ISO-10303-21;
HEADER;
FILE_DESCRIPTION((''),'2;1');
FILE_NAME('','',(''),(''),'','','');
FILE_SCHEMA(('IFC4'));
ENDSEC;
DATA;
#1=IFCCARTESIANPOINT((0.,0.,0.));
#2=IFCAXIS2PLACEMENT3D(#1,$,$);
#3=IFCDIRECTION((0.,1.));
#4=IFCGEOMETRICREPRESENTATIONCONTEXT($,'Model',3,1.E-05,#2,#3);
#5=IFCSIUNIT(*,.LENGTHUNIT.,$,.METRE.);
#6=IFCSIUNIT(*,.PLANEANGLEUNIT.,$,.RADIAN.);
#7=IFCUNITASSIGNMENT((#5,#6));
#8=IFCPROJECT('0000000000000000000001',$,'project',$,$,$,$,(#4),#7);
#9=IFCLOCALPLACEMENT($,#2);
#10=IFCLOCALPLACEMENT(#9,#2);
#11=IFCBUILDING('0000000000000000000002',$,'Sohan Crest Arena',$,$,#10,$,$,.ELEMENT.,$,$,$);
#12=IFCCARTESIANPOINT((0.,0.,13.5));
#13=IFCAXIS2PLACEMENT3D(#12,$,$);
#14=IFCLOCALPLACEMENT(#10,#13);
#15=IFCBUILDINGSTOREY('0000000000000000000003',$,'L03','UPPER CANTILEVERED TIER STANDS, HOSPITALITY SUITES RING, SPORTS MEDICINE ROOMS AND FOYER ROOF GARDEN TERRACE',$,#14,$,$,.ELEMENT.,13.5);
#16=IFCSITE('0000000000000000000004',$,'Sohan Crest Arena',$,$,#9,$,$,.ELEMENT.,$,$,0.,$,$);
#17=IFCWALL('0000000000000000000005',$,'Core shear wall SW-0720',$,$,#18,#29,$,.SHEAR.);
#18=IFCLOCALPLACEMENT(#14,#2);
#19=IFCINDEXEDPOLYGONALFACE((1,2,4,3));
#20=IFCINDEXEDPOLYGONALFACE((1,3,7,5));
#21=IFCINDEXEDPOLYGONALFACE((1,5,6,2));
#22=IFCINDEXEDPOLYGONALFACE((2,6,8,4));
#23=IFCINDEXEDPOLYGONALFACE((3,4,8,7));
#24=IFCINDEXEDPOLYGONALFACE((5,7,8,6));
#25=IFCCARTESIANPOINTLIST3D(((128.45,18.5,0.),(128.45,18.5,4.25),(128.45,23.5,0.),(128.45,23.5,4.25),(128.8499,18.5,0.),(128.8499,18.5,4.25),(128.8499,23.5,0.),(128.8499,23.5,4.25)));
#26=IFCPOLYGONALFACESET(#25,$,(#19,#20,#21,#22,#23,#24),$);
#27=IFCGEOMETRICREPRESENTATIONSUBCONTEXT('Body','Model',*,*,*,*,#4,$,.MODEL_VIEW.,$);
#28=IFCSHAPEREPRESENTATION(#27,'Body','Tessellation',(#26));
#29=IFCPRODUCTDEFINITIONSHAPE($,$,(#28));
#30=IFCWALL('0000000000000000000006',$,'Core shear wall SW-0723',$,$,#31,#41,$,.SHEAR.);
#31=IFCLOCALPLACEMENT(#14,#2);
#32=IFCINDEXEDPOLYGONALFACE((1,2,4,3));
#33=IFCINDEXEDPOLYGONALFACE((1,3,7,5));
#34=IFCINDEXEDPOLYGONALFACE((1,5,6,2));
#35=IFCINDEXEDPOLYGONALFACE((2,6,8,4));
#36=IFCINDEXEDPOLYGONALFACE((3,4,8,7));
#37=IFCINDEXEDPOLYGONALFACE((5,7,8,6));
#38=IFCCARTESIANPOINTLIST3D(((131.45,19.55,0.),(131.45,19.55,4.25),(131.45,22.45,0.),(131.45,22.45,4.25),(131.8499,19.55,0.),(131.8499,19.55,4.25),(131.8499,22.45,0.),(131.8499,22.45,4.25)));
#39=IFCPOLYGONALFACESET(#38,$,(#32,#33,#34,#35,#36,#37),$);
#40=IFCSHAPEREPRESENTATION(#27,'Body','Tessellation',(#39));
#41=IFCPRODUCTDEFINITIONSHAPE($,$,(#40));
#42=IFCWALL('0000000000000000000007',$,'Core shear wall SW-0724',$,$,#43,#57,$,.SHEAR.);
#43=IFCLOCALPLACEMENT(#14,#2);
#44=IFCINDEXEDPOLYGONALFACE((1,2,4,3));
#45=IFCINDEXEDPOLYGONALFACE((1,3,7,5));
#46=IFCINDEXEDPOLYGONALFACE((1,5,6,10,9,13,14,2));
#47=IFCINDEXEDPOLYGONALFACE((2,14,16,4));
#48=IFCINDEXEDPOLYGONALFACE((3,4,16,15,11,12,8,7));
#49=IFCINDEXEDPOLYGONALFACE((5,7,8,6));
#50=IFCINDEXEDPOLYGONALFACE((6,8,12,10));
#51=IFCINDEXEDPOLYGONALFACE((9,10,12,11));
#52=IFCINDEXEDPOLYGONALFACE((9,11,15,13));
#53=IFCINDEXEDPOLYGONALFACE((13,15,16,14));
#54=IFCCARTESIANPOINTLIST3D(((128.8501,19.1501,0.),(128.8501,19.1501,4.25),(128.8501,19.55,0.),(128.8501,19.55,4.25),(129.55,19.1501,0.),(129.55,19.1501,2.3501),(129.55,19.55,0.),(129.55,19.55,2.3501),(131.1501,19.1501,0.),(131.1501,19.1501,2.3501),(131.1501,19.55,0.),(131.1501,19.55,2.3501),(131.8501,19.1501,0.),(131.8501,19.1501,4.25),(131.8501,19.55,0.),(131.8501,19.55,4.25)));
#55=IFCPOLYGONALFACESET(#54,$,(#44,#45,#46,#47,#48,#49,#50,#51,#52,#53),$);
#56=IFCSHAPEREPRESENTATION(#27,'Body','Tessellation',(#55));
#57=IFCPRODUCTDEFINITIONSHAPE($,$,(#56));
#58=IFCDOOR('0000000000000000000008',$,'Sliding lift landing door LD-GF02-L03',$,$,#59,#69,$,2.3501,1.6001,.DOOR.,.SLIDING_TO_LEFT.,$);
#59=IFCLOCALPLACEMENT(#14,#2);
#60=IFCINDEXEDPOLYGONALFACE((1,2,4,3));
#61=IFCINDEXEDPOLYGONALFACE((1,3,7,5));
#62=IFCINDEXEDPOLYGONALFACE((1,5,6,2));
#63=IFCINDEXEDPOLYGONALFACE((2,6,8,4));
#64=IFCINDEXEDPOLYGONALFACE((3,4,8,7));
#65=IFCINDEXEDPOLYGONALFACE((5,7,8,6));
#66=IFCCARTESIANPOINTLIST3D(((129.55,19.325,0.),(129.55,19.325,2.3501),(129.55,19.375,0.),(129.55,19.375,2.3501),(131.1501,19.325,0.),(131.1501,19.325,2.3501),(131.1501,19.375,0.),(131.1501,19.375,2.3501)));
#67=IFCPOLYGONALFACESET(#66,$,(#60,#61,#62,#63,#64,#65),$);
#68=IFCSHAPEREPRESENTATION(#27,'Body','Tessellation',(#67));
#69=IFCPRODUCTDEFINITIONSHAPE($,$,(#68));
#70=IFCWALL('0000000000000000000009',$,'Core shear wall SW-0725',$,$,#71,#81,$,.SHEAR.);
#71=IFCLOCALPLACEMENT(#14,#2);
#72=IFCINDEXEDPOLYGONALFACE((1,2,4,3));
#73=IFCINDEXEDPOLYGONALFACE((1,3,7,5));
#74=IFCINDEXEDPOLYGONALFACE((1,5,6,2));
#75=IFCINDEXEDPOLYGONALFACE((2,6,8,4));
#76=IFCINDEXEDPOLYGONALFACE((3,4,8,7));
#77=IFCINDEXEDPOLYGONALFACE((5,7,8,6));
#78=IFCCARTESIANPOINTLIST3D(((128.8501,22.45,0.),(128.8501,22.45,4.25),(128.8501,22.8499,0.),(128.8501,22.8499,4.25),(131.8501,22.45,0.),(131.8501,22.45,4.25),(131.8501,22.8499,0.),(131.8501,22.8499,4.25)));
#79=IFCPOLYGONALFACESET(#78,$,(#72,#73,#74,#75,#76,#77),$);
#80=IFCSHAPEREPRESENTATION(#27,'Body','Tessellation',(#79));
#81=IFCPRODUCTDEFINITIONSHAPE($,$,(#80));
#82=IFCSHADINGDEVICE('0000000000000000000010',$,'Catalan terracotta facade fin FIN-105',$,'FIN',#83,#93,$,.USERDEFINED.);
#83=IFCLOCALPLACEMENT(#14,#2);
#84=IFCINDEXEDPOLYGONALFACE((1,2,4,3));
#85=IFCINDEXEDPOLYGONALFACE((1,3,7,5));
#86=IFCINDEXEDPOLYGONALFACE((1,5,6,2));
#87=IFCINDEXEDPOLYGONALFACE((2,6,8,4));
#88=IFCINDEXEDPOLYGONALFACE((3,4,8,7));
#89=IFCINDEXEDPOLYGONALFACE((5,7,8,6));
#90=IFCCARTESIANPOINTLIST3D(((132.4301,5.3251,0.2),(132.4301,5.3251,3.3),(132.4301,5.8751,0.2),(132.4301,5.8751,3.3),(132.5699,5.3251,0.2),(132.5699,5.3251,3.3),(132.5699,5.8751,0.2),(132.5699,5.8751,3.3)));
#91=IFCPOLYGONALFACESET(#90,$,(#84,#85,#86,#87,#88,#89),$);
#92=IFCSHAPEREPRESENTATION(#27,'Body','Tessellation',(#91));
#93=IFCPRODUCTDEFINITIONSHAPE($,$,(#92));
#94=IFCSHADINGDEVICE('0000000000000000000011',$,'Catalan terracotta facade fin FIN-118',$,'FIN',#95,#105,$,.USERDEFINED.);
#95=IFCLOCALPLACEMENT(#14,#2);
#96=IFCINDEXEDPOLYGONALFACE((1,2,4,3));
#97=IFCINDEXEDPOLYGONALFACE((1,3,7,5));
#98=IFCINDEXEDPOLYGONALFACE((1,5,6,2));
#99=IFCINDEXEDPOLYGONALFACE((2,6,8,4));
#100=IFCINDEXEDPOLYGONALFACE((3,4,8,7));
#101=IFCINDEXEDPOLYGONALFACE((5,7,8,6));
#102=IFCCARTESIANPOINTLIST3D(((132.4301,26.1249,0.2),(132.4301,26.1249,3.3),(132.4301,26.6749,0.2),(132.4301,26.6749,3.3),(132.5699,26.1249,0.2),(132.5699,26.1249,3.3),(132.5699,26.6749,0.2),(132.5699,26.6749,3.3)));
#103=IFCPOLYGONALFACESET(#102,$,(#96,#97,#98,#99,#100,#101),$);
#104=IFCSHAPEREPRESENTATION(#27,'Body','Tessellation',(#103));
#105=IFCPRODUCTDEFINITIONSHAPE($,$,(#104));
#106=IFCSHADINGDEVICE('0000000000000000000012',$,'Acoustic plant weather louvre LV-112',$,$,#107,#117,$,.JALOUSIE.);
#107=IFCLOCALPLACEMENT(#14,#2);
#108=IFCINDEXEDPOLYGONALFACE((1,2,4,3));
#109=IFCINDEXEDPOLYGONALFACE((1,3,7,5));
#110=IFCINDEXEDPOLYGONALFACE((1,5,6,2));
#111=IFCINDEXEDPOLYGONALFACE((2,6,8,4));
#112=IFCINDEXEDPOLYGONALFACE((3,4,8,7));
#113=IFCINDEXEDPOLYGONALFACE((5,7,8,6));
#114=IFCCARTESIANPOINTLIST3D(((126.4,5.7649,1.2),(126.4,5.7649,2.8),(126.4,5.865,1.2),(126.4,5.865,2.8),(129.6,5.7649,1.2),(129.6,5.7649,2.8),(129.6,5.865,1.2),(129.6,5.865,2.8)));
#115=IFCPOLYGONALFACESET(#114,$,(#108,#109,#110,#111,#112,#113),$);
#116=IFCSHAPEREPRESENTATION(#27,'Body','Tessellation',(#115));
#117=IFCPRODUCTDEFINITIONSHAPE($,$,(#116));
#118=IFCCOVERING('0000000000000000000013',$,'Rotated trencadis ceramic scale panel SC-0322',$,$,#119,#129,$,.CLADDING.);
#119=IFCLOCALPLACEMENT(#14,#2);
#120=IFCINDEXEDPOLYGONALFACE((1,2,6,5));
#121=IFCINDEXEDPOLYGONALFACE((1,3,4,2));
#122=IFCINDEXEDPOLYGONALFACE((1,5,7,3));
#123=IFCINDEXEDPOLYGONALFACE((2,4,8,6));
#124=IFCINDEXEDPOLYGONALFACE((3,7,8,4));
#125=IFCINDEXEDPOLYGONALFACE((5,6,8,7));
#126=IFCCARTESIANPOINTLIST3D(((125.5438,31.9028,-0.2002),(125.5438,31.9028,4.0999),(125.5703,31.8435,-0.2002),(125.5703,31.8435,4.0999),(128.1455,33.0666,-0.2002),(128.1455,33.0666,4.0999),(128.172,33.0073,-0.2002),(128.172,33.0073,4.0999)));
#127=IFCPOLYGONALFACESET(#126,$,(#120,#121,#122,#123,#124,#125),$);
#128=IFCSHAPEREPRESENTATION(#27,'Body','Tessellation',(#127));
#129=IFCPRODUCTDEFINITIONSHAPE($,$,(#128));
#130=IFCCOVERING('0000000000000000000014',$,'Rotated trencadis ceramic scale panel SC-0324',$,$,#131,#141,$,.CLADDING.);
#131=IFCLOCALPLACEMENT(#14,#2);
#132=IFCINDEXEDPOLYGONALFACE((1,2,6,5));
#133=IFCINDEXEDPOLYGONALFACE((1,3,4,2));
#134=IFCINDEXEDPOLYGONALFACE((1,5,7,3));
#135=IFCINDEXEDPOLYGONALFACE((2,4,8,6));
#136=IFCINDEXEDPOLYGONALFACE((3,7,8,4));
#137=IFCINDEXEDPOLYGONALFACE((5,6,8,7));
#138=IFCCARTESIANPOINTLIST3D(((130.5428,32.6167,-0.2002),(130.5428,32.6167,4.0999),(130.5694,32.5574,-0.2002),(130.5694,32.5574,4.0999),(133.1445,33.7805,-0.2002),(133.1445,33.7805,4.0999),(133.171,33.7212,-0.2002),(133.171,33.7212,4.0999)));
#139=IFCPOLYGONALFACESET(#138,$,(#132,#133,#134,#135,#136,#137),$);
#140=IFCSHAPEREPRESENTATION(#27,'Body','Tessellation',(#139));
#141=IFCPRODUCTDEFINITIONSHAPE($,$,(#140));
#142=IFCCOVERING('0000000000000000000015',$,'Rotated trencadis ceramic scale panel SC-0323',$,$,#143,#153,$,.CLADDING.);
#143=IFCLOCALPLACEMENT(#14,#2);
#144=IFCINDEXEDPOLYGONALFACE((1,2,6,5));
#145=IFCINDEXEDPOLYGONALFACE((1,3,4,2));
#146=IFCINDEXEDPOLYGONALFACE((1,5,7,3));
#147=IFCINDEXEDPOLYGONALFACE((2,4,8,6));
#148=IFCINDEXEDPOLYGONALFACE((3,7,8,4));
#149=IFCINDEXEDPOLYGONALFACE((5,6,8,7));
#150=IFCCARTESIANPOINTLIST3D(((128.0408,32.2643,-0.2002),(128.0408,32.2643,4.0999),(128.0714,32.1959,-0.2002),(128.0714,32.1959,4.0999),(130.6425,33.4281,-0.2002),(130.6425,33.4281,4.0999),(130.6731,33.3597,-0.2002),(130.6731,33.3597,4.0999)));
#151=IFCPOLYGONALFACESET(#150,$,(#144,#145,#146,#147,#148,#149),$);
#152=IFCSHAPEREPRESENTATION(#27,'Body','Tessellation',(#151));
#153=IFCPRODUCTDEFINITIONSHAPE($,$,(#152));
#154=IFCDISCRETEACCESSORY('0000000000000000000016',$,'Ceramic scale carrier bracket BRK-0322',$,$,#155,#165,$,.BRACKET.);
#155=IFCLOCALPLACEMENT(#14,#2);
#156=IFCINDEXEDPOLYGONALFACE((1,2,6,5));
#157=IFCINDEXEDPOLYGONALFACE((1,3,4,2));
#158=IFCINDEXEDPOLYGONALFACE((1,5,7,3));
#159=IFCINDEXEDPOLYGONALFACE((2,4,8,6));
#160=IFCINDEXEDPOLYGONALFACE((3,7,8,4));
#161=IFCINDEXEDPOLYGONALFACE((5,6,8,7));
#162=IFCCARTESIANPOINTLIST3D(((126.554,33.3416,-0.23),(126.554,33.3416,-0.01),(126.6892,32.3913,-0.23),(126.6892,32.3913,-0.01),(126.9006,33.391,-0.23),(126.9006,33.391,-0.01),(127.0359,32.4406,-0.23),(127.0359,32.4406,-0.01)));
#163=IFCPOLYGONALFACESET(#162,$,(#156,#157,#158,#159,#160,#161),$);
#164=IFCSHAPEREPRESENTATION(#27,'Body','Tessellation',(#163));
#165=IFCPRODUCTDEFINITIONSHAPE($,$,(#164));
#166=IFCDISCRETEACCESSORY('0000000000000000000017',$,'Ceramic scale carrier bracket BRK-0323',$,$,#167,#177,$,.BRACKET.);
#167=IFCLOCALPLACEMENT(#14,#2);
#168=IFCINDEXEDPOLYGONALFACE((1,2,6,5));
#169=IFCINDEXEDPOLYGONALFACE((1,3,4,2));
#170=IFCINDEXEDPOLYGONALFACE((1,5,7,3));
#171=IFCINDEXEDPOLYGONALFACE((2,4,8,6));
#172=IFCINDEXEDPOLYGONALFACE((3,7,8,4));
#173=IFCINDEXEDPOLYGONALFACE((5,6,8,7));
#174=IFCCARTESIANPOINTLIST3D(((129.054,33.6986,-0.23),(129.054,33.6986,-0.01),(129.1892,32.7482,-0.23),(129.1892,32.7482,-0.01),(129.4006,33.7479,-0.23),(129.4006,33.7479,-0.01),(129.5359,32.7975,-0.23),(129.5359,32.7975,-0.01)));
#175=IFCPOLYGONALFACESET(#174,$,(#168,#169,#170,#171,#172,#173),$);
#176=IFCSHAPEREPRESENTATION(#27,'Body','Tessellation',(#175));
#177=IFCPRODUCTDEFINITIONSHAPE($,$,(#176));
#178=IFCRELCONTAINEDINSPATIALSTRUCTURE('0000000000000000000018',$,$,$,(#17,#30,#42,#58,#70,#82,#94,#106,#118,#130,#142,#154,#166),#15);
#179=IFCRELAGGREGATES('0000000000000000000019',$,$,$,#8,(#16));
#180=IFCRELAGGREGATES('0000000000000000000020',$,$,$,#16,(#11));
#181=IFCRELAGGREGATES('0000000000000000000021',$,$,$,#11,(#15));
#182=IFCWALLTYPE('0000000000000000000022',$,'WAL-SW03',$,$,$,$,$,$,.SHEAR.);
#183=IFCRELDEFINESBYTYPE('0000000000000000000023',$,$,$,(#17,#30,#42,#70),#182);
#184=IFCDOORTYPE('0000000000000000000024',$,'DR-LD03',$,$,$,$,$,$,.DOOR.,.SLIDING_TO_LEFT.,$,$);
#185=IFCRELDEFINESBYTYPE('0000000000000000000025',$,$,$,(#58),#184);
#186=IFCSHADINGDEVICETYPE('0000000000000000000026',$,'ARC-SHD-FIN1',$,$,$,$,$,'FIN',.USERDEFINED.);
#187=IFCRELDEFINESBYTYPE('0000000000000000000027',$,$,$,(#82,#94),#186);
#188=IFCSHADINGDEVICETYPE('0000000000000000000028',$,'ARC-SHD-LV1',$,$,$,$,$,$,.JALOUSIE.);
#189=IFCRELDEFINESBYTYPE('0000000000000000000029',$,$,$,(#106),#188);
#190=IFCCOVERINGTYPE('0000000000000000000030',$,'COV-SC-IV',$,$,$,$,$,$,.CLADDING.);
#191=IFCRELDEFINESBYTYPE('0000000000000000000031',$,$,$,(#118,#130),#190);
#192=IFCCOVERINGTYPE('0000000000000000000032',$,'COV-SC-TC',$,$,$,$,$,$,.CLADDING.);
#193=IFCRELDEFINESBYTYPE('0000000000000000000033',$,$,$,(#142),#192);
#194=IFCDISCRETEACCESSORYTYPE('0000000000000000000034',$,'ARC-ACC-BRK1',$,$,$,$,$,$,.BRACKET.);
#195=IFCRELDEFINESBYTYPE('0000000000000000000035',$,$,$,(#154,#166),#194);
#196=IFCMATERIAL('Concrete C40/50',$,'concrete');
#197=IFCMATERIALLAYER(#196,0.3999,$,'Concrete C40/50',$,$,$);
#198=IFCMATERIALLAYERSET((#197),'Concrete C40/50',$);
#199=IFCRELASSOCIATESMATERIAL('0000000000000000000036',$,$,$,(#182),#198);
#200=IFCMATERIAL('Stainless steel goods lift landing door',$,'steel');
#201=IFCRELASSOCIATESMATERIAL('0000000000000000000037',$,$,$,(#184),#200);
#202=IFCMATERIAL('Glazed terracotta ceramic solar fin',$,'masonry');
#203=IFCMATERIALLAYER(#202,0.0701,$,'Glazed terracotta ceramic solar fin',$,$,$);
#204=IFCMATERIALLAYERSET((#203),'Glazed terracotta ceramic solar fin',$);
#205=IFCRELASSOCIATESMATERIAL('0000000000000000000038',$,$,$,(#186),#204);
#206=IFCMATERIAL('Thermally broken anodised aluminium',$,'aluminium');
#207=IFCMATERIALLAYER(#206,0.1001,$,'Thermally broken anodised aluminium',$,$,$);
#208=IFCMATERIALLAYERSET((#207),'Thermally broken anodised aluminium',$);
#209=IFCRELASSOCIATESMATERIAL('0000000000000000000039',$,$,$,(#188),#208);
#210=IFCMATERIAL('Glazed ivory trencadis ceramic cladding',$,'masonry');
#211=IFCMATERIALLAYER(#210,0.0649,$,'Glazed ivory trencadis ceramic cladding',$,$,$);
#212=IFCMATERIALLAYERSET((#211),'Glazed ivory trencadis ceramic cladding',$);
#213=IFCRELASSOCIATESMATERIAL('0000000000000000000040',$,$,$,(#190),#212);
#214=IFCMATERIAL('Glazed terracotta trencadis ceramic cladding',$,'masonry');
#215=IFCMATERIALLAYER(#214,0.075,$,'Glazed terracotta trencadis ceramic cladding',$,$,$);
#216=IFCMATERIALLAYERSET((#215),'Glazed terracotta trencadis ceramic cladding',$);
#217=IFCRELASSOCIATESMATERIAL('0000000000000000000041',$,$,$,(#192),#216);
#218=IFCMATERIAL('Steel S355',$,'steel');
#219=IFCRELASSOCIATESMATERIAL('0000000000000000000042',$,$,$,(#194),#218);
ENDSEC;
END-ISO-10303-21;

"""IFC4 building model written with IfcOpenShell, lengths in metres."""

from ifc_helpers import new_model, si_unit, direction, frame, frame_2d, origin, origin_2d, place, context, subcontext, project, spatial, rectangle, extrude, material, layer, layer_set, type_object, element, fill, save


model = new_model("IFC4")

# Units and contexts
model_context = context("Model", 3, precision=1e-05, world=origin(), true_north=direction((0.0, 1.0)))
body_context = subcontext(model_context, "Body", "Model", "MODEL_VIEW")
ifc_project = project(units=[si_unit("LENGTHUNIT", "METRE"), si_unit("PLANEANGLEUNIT", "RADIAN")], contexts=[model_context])

# Site, building, storey
site_placement = place(None, origin())
site = spatial("IfcSite", under=ifc_project, at=site_placement, Name="Sohan Crest Arena", CompositionType="ELEMENT", RefElevation=0.0)
building_placement = place(site_placement, origin())
building = spatial("IfcBuilding", under=site, at=building_placement, Name="Sohan Crest Arena", CompositionType="ELEMENT")
storey_placement = place(building_placement, frame((0.0, 0.0, 13.5)))
storey = spatial("IfcBuildingStorey", under=building, at=storey_placement, Name="L03", Description="UPPER CANTILEVERED TIER STANDS, HOSPITALITY SUITES RING, SPORTS MEDICINE ROOMS AND FOYER ROOF GARDEN TERRACE", CompositionType="ELEMENT", Elevation=13.5)

# Shared definitions
ifc_material_1 = material(Name="Steel S355", Category="steel")

# Shared definitions
ifc_material_2 = material(Name="Thermally broken anodised aluminium", Category="aluminium")

# Walls
ifc_material_3 = material(Name="Concrete C40/50", Category="concrete")
ifc_layer_1 = layer(ifc_material_3, 0.3999, Name="Concrete C40/50")
ifc_layer_set_1 = layer_set([ifc_layer_1], Name="Concrete C40/50")
wall_type = type_object("IfcWallType", Name="WAL-SW03", PredefinedType="SHEAR", material=ifc_layer_set_1)
wall_1_placement = place(storey_placement, frame((128.6499, 18.5, 0.0), z_axis=(0.0, 0.0, 1.0), x_axis=(0.0, 1.0, 0.0)))
element("IfcWall", 1, at=wall_1_placement, inside=storey, type_object=wall_type, Name="Core shear wall SW-0720", PredefinedType="SHEAR", context=body_context, shape_type="SweptSolid", body=[
    extrude(rectangle(XDim=5.0, YDim=0.3999, at=frame_2d((2.5, 0.0))), origin(), (0.0, 0.0, 1.0), 4.25),
])
wall_2_placement = place(storey_placement, frame((131.6499, 19.55, 0.0), z_axis=(0.0, 0.0, 1.0), x_axis=(0.0, 1.0, 0.0)))
element("IfcWall", 2, at=wall_2_placement, inside=storey, type_object=wall_type, Name="Core shear wall SW-0723", PredefinedType="SHEAR", context=body_context, shape_type="SweptSolid", body=[
    extrude(rectangle(XDim=2.8999, YDim=0.3999, at=frame_2d((1.45, 0.0))), origin(), (0.0, 0.0, 1.0), 4.25),
])

# Wall, opening, door
wall_3_placement = place(storey_placement, frame((128.8501, 19.3501, 0.0), z_axis=(0.0, 0.0, 1.0), x_axis=(1.0, 0.0, 0.0)))
wall_3 = element("IfcWall", 3, at=wall_3_placement, inside=storey, type_object=wall_type, Name="Core shear wall SW-0724", PredefinedType="SHEAR", context=body_context, shape_type="SweptSolid", body=[
    extrude(rectangle(XDim=3.0, YDim=0.3999, at=frame_2d((1.5, 0.0))), origin(), (0.0, 0.0, 1.0), 4.25),
])
opening_placement = place(wall_3_placement, frame((0.7, 0.0, 0.0)))
opening = element("IfcOpeningElement", 4, at=opening_placement, cuts=wall_3, PredefinedType="OPENING", context=body_context, shape_type="SweptSolid", body=[
    extrude(rectangle(XDim=1.6001, YDim=2.3501, at=frame_2d((0.8, 1.175))), frame((0.0, 0.21, 0.0), z_axis=(0.0, -1.0, 0.0), x_axis=(1.0, 0.0, 0.0)), (0.0, 0.0, 1.0), 0.4199),
])
ifc_material_4 = material(Name="Stainless steel goods lift landing door", Category="steel")
door_type = type_object("IfcDoorType", Name="DR-LD03", OperationType="SLIDING_TO_LEFT", PredefinedType="DOOR", material=ifc_material_4)
door_placement = place(opening_placement, origin())
door = element("IfcDoor", 5, at=door_placement, inside=storey, type_object=door_type, Name="Sliding lift landing door LD-GF02-L03", OperationType="SLIDING_TO_LEFT", OverallHeight=2.3501, OverallWidth=1.6001, PredefinedType="DOOR", context=body_context, shape_type="SweptSolid", body=[
    extrude(rectangle(XDim=1.6001, YDim=2.3501, at=frame_2d((0.8, 1.175))), frame((0.0, 0.0249, 0.0), z_axis=(0.0, -1.0, 0.0), x_axis=(1.0, 0.0, 0.0)), (0.0, 0.0, 1.0), 0.05),
])
fill(opening, door)

# Wall
wall_4_placement = place(storey_placement, frame((128.8501, 22.6499, 0.0), z_axis=(0.0, 0.0, 1.0), x_axis=(1.0, 0.0, 0.0)))
element("IfcWall", 6, at=wall_4_placement, inside=storey, type_object=wall_type, Name="Core shear wall SW-0725", PredefinedType="SHEAR", context=body_context, shape_type="SweptSolid", body=[
    extrude(rectangle(XDim=3.0, YDim=0.3999, at=frame_2d((1.5, 0.0))), origin(), (0.0, 0.0, 1.0), 4.25),
])

# Shading devices
ifc_material_5 = material(Name="Glazed terracotta ceramic solar fin", Category="masonry")
ifc_layer_2 = layer(ifc_material_5, 0.0701, Name="Glazed terracotta ceramic solar fin")
ifc_layer_set_2 = layer_set([ifc_layer_2], Name="Glazed terracotta ceramic solar fin")
shading_device_type_1 = type_object("IfcShadingDeviceType", Name="ARC-SHD-FIN1", ElementType="FIN", PredefinedType="USERDEFINED", material=ifc_layer_set_2)
for number, where, z_axis, x_axis, name in (
    (7, (132.5, 5.6001, 0.2), (0.0, 0.0, 1.0), (1.0, 0.0, 0.0), "Catalan terracotta facade fin FIN-105"),
    (8, (132.5, 26.3999, 0.2), (0.0, 0.0, 1.0), (-1.0, 0.0, 0.0), "Catalan terracotta facade fin FIN-118"),
):
    element("IfcShadingDevice", number, at=place(storey_placement, frame(where, z_axis=z_axis, x_axis=x_axis)), inside=storey, type_object=shading_device_type_1, Name=name, ObjectType="FIN", PredefinedType="USERDEFINED", context=body_context, shape_type="SweptSolid", body=[
        extrude(rectangle(XDim=0.1399, YDim=0.55, at=origin_2d()), origin(), (0.0, 0.0, 1.0), 3.1001),
    ])
ifc_layer_3 = layer(ifc_material_2, 0.1001, Name="Thermally broken anodised aluminium")
ifc_layer_set_3 = layer_set([ifc_layer_3], Name="Thermally broken anodised aluminium")
shading_device_type_2 = type_object("IfcShadingDeviceType", Name="ARC-SHD-LV1", PredefinedType="JALOUSIE", material=ifc_layer_set_3)
shading_device_placement = place(storey_placement, frame((128.0, 5.8149, 1.2), z_axis=(0.0, 0.0, 1.0), x_axis=(1.0, 0.0, 0.0)))
element("IfcShadingDevice", 9, at=shading_device_placement, inside=storey, type_object=shading_device_type_2, Name="Acoustic plant weather louvre LV-112", PredefinedType="JALOUSIE", context=body_context, shape_type="SweptSolid", body=[
    extrude(rectangle(XDim=3.2, YDim=0.1001, at=origin_2d()), origin(), (0.0, 0.0, 1.0), 1.6001),
])

# Coverings
ifc_material_6 = material(Name="Glazed ivory trencadis ceramic cladding", Category="masonry")
ifc_layer_4 = layer(ifc_material_6, 0.0649, Name="Glazed ivory trencadis ceramic cladding")
ifc_layer_set_4 = layer_set([ifc_layer_4], Name="Glazed ivory trencadis ceramic cladding")
covering_type_1 = type_object("IfcCoveringType", Name="COV-SC-IV", PredefinedType="CLADDING", material=ifc_layer_set_4)
for number, where, z_axis, x_axis, name in (
    (10, (126.8579, 32.4551, -0.2002), (0.0, 0.0, 1.0), (0.912834, 0.40833, 0.0), "Rotated trencadis ceramic scale panel SC-0322"),
    (11, (131.8569, 33.1689, -0.2002), (0.0, 0.0, 1.0), (0.912834, 0.40833, 0.0), "Rotated trencadis ceramic scale panel SC-0324"),
):
    element("IfcCovering", number, at=place(storey_placement, frame(where, z_axis=z_axis, x_axis=x_axis)), inside=storey, type_object=covering_type_1, Name=name, PredefinedType="CLADDING", context=body_context, shape_type="SweptSolid", body=[
        extrude(rectangle(XDim=2.8501, YDim=0.0649, at=origin_2d()), origin(), (0.0, 0.0, 1.0), 4.3),
    ])
ifc_material_7 = material(Name="Glazed terracotta trencadis ceramic cladding", Category="masonry")
ifc_layer_5 = layer(ifc_material_7, 0.075, Name="Glazed terracotta trencadis ceramic cladding")
ifc_layer_set_5 = layer_set([ifc_layer_5], Name="Glazed terracotta trencadis ceramic cladding")
covering_type_2 = type_object("IfcCoveringType", Name="COV-SC-TC", PredefinedType="CLADDING", material=ifc_layer_set_5)
covering_placement = place(storey_placement, frame((129.3569, 32.812, -0.2002), z_axis=(0.0, 0.0, 1.0), x_axis=(0.912834, 0.40833, 0.0)))
element("IfcCovering", 12, at=covering_placement, inside=storey, type_object=covering_type_2, Name="Rotated trencadis ceramic scale panel SC-0323", PredefinedType="CLADDING", context=body_context, shape_type="SweptSolid", body=[
    extrude(rectangle(XDim=2.8501, YDim=0.075, at=origin_2d()), origin(), (0.0, 0.0, 1.0), 4.3),
])

# Discrete accessories
discrete_accessory_type = type_object("IfcDiscreteAccessoryType", Name="ARC-ACC-BRK1", PredefinedType="BRACKET", material=ifc_material_1)
for number, where, z_axis, x_axis, name in (
    (13, (126.7949, 32.8911, -0.23), (0.0, 0.0, 1.0), (0.990024, 0.140901, 0.0), "Ceramic scale carrier bracket BRK-0322"),
    (14, (129.2949, 33.248, -0.23), (0.0, 0.0, 1.0), (0.990024, 0.140901, 0.0), "Ceramic scale carrier bracket BRK-0323"),
):
    element("IfcDiscreteAccessory", number, at=place(storey_placement, frame(where, z_axis=z_axis, x_axis=x_axis)), inside=storey, type_object=discrete_accessory_type, Name=name, PredefinedType="BRACKET", context=body_context, shape_type="SweptSolid", body=[
        extrude(rectangle(XDim=0.3501, YDim=0.96, at=origin_2d()), origin(), (0.0, 0.0, 1.0), 0.22),
    ])

save(model, "model.ifc")
